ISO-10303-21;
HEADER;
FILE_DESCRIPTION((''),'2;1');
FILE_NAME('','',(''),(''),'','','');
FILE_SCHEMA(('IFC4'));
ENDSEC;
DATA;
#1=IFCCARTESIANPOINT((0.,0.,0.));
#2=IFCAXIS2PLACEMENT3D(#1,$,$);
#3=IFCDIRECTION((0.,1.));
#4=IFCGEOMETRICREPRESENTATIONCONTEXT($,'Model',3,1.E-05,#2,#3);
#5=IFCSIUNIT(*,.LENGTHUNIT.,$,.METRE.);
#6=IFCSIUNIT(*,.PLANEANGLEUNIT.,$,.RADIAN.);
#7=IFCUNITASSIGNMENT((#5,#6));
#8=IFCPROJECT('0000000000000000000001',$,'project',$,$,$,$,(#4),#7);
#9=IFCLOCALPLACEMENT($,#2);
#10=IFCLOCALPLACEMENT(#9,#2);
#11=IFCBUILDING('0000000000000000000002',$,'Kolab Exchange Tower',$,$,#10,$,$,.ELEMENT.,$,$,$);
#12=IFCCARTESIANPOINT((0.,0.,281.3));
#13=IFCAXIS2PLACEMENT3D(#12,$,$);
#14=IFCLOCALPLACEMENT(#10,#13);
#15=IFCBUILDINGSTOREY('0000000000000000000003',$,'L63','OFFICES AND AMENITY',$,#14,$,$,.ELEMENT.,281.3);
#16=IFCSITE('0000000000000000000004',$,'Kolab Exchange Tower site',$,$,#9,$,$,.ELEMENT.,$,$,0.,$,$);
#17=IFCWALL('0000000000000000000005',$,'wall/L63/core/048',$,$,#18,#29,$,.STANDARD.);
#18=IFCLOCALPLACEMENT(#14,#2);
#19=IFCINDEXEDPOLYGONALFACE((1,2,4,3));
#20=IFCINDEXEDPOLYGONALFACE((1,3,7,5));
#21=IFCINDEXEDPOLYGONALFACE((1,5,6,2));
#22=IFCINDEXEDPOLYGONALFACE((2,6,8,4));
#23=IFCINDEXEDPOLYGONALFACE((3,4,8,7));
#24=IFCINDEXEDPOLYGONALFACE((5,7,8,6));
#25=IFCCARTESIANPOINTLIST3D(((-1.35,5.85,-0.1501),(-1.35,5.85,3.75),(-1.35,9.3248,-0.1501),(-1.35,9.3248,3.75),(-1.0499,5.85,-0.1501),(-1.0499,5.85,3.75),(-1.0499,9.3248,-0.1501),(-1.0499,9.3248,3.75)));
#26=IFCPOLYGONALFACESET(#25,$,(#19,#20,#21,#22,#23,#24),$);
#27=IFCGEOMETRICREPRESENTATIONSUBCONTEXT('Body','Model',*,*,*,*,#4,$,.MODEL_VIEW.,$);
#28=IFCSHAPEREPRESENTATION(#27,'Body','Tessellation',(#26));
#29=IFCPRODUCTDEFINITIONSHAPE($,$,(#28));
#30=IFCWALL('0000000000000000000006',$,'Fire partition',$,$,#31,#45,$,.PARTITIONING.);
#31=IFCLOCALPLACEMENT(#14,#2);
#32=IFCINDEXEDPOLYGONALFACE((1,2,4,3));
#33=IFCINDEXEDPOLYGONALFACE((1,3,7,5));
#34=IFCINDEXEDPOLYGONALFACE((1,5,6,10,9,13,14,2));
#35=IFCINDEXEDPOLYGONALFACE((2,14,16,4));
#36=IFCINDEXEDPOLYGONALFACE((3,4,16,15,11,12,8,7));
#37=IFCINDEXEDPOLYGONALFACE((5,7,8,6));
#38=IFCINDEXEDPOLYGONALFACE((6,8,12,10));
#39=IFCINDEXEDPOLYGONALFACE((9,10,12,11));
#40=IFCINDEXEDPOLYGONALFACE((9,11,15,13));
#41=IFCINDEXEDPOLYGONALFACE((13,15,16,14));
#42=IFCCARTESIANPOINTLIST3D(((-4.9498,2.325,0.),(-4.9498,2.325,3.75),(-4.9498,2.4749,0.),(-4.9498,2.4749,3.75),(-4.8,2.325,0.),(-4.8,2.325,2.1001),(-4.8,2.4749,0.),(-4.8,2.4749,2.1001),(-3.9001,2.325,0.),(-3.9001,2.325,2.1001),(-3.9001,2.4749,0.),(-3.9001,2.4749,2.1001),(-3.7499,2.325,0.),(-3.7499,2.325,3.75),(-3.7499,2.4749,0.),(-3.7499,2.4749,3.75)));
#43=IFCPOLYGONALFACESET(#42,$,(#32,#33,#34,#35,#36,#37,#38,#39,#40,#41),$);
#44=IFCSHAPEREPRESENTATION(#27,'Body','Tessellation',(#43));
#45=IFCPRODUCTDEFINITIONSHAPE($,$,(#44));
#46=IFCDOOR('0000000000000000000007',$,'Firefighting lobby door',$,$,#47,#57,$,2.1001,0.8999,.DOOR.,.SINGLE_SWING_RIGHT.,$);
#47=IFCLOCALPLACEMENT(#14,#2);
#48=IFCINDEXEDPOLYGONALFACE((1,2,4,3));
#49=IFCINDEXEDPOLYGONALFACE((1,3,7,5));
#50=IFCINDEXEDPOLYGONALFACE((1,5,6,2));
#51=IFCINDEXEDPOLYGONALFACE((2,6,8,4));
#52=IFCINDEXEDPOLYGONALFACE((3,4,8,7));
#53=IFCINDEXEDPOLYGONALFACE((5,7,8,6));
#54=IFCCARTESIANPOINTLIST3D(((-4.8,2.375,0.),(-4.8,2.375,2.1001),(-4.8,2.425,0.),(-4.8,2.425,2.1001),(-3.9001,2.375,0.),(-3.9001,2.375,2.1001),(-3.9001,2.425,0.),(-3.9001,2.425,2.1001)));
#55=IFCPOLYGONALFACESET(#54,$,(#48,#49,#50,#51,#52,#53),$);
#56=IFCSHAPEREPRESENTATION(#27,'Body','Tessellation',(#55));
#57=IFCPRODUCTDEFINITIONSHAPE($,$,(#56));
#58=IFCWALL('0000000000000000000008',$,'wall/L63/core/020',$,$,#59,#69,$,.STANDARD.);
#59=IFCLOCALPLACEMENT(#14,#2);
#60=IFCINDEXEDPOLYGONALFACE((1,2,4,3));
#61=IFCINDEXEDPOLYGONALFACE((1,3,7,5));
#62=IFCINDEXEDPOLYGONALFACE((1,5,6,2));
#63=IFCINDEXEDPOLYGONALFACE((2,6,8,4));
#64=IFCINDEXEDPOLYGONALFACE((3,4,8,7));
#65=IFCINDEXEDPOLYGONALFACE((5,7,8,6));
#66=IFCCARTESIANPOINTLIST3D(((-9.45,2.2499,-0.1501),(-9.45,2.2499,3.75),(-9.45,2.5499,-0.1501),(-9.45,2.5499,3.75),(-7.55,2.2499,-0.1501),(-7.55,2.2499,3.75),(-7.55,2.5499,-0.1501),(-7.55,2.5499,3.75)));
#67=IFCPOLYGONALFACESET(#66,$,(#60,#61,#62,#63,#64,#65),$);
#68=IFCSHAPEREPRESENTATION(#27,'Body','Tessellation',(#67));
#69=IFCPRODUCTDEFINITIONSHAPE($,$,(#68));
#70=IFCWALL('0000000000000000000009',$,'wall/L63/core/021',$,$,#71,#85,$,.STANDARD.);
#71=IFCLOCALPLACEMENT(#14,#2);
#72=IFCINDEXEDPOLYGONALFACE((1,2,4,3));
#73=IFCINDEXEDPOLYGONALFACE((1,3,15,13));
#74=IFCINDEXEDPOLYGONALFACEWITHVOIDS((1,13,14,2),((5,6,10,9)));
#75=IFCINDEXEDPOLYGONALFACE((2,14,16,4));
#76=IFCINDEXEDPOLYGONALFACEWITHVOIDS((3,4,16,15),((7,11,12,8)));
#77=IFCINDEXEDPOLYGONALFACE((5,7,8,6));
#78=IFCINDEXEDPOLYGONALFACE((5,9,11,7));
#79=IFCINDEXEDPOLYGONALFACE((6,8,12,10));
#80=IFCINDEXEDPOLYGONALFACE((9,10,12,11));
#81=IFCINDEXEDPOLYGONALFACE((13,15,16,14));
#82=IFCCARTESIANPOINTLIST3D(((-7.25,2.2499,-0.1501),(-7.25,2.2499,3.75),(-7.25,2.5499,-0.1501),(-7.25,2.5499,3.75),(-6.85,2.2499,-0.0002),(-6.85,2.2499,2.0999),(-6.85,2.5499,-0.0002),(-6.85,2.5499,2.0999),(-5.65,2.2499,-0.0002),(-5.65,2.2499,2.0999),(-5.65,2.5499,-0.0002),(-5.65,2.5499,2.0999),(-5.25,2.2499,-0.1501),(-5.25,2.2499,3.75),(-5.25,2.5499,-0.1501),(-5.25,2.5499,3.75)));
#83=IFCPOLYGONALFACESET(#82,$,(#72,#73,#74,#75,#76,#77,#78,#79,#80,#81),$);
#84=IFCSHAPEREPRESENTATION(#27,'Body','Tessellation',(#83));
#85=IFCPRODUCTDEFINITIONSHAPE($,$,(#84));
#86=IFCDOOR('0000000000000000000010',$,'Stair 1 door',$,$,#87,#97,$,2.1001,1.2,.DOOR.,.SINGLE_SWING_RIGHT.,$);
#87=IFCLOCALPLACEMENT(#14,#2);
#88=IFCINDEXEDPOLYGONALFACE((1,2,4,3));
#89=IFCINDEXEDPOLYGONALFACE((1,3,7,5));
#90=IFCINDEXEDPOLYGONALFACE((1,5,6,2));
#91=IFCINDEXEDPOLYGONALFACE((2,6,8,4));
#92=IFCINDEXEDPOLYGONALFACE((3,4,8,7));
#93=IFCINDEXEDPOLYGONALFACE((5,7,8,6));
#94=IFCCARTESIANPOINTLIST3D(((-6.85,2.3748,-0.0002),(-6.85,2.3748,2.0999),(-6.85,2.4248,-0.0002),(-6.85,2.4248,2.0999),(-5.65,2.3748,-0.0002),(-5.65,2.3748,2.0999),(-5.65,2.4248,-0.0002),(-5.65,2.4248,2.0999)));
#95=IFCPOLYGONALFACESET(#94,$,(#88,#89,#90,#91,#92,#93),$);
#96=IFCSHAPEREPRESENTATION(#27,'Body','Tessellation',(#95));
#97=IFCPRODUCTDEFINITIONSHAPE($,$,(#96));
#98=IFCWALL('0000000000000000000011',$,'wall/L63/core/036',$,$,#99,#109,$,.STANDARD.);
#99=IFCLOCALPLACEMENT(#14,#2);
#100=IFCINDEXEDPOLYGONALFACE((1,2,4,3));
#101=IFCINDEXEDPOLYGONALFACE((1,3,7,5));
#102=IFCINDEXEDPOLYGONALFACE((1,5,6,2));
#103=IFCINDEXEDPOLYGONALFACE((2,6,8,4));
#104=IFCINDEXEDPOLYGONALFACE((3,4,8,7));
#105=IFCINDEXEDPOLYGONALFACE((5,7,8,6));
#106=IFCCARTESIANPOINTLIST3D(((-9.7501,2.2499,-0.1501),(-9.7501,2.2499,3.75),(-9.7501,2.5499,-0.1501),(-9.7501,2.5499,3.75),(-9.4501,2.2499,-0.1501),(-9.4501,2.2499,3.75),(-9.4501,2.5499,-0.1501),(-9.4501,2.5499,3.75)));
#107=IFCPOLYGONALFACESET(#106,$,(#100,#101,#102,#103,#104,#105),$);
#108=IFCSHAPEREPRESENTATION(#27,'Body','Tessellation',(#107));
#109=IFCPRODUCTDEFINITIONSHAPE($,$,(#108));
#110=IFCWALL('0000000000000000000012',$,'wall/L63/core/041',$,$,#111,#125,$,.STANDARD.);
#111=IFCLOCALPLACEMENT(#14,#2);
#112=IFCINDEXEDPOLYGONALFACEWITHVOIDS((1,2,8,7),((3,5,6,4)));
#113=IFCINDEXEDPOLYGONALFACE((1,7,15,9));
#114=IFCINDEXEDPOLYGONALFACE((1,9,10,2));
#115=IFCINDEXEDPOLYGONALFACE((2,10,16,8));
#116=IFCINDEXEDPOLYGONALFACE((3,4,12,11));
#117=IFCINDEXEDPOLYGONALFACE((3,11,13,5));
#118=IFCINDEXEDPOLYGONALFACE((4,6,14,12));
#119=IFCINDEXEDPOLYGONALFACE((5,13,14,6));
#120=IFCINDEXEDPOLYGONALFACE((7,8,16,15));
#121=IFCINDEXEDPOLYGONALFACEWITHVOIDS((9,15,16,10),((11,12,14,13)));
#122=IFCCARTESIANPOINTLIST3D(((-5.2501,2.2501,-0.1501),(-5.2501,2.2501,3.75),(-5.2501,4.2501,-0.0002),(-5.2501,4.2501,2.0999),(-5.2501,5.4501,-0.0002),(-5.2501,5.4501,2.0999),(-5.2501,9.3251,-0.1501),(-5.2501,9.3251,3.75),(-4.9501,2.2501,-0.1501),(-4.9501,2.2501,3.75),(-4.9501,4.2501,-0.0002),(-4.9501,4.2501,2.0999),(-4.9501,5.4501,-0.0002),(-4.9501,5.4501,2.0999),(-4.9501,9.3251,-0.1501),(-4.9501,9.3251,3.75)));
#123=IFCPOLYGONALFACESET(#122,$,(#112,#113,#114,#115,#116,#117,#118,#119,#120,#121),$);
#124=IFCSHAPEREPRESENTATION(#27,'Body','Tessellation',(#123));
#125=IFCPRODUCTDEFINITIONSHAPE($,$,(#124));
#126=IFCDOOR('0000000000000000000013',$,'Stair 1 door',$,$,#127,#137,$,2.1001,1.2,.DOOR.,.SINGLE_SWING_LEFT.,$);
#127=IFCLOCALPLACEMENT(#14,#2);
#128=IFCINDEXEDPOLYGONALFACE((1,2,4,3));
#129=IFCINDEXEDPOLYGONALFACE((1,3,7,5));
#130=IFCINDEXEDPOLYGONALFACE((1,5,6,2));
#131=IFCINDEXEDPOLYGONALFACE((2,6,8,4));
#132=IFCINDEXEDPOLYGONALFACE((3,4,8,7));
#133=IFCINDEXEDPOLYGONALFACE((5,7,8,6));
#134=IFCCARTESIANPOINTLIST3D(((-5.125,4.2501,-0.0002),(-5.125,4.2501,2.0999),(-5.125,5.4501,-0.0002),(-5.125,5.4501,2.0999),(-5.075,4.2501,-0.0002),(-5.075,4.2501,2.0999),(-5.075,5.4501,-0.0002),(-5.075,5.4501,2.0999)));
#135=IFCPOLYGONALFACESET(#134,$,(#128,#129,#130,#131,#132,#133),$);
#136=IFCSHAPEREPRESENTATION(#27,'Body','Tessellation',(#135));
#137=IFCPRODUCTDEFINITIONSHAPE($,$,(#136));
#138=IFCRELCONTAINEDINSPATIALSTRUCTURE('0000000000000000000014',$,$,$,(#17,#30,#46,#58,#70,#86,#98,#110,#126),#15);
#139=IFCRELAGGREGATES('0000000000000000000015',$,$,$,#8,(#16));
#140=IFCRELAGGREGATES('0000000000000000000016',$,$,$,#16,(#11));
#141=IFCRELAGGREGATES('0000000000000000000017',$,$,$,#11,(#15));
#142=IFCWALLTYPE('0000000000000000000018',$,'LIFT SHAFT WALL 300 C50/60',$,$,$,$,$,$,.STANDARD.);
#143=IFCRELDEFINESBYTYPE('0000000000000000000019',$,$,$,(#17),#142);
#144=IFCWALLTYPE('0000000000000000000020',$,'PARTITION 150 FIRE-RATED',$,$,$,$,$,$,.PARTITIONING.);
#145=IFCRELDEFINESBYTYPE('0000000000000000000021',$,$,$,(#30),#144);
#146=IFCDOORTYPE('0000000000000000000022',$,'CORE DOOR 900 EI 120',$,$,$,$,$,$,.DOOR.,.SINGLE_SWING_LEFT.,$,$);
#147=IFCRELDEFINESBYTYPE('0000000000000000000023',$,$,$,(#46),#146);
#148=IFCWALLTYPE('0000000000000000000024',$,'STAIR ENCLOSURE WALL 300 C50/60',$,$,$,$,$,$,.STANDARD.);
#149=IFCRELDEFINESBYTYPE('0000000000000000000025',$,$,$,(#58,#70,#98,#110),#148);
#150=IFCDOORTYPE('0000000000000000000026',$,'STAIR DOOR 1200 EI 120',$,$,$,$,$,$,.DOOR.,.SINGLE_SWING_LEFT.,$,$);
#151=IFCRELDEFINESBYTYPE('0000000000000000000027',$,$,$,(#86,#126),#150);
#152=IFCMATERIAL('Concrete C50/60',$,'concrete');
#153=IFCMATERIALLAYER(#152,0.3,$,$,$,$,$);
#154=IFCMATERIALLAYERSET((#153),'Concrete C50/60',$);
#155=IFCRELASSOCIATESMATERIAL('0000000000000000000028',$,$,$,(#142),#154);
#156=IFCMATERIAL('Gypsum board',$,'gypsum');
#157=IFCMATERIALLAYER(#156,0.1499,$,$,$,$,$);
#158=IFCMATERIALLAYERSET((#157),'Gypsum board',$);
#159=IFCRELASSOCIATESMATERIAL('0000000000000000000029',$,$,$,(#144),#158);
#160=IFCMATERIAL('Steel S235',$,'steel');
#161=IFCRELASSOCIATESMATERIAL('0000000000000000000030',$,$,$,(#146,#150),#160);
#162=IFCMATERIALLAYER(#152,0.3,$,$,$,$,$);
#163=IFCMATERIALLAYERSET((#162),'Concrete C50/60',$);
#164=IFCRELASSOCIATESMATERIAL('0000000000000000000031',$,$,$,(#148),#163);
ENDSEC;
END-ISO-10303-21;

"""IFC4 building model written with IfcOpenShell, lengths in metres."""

from ifc_helpers import new_model, si_unit, direction, frame, frame_2d, origin, place, context, subcontext, project, spatial, rectangle, extrude, material, layer, layer_set, type_object, element, fill, save


model = new_model("IFC4")

# Units and contexts
model_context = context("Model", 3, precision=1e-05, world=origin(), true_north=direction((0.0, 1.0)))
body_context = subcontext(model_context, "Body", "Model", "MODEL_VIEW")
ifc_project = project(units=[si_unit("LENGTHUNIT", "METRE"), si_unit("PLANEANGLEUNIT", "RADIAN")], contexts=[model_context])

# Site, building, storey
site_placement = place(None, origin())
site = spatial("IfcSite", under=ifc_project, at=site_placement, Name="Kolab Exchange Tower site", CompositionType="ELEMENT", RefElevation=0.0)
building_placement = place(site_placement, origin())
building = spatial("IfcBuilding", under=site, at=building_placement, Name="Kolab Exchange Tower", CompositionType="ELEMENT")
storey_placement = place(building_placement, frame((0.0, 0.0, 281.3)))
storey = spatial("IfcBuildingStorey", under=building, at=storey_placement, Name="L63", Description="OFFICES AND AMENITY", CompositionType="ELEMENT", Elevation=281.3)

# Shared definitions
ifc_material_1 = material(Name="Concrete C50/60", Category="concrete")
ifc_layer_1 = layer(ifc_material_1, 0.3)
ifc_layer_set_1 = layer_set([ifc_layer_1], Name="Concrete C50/60")
wall_type_1 = type_object("IfcWallType", Name="LIFT SHAFT WALL 300 C50/60", PredefinedType="STANDARD", material=ifc_layer_set_1)

# Wall
for number, where, z_axis, x_axis, name in (
    (1, (-1.2, 5.8501, -0.1501), (0.0, 0.0, 1.0), (0.0, 1.0, 0.0), "wall/L63/core/048"),
):
    element("IfcWall", number, at=place(storey_placement, frame(where, z_axis=z_axis, x_axis=x_axis)), inside=storey, type_object=wall_type_1, Name=name, PredefinedType="STANDARD", context=body_context, shape_type="SweptSolid", body=[
        extrude(rectangle(XDim=3.4749, YDim=0.3, at=frame_2d((1.7373, 0.0))), origin(), (0.0, 0.0, 1.0), 3.9001),
    ])

# Wall, opening, door
ifc_material_2 = material(Name="Gypsum board", Category="gypsum")
ifc_layer_2 = layer(ifc_material_2, 0.1499)
ifc_layer_set_2 = layer_set([ifc_layer_2], Name="Gypsum board")
wall_type_2 = type_object("IfcWallType", Name="PARTITION 150 FIRE-RATED", PredefinedType="PARTITIONING", material=ifc_layer_set_2)
wall_1_placement = place(storey_placement, frame((-4.95, 2.3999, 0.0), z_axis=(0.0, 0.0, 1.0), x_axis=(1.0, 0.0, 0.0)))
wall_1 = element("IfcWall", 2, at=wall_1_placement, inside=storey, type_object=wall_type_2, Name="Fire partition", PredefinedType="PARTITIONING", context=body_context, shape_type="SweptSolid", body=[
    extrude(rectangle(XDim=1.2, YDim=0.1499, at=frame_2d((0.6001, 0.0))), origin(), (0.0, 0.0, 1.0), 3.75),
])
opening_1_placement = place(wall_1_placement, frame((0.1499, 0.0, 0.0)))
opening_1 = element("IfcOpeningElement", 3, at=opening_1_placement, cuts=wall_1, PredefinedType="OPENING", context=body_context, shape_type="SweptSolid", body=[
    extrude(rectangle(XDim=0.8999, YDim=2.1001, at=frame_2d((0.45, 1.05))), frame((0.0, 0.085, 0.0), z_axis=(0.0, -1.0, 0.0), x_axis=(1.0, 0.0, 0.0)), (0.0, 0.0, 1.0), 0.1699),
])
ifc_material_3 = material(Name="Steel S235", Category="steel")
door_type_1 = type_object("IfcDoorType", Name="CORE DOOR 900 EI 120", OperationType="SINGLE_SWING_LEFT", PredefinedType="DOOR", material=ifc_material_3)
door_1_placement = place(opening_1_placement, frame((0.8999, 0.0, 0.0), z_axis=(0.0, 0.0, 1.0), x_axis=(-1.0, 0.0, 0.0)))
door_1 = element("IfcDoor", 4, at=door_1_placement, inside=storey, type_object=door_type_1, Name="Firefighting lobby door", OperationType="SINGLE_SWING_RIGHT", OverallHeight=2.1001, OverallWidth=0.8999, PredefinedType="DOOR", context=body_context, shape_type="SweptSolid", body=[
    extrude(rectangle(XDim=0.8999, YDim=2.1001, at=frame_2d((0.45, 1.05))), frame((0.0, 0.0249, 0.0), z_axis=(0.0, -1.0, 0.0), x_axis=(1.0, 0.0, 0.0)), (0.0, 0.0, 1.0), 0.05),
])
fill(opening_1, door_1)

# Wall
ifc_layer_3 = layer(ifc_material_1, 0.3)
ifc_layer_set_3 = layer_set([ifc_layer_3], Name="Concrete C50/60")
wall_type_3 = type_object("IfcWallType", Name="STAIR ENCLOSURE WALL 300 C50/60", PredefinedType="STANDARD", material=ifc_layer_set_3)
wall_2_placement = place(storey_placement, frame((-9.45, 2.3999, -0.1501), z_axis=(0.0, 0.0, 1.0), x_axis=(1.0, 0.0, 0.0)))
element("IfcWall", 5, at=wall_2_placement, inside=storey, type_object=wall_type_3, Name="wall/L63/core/020", PredefinedType="STANDARD", context=body_context, shape_type="SweptSolid", body=[
    extrude(rectangle(XDim=1.8999, YDim=0.3, at=frame_2d((0.95, 0.0))), origin(), (0.0, 0.0, 1.0), 3.9001),
])

# Wall, opening, door
wall_3_placement = place(storey_placement, frame((-7.25, 2.3999, -0.1501), z_axis=(0.0, 0.0, 1.0), x_axis=(1.0, 0.0, 0.0)))
wall_3 = element("IfcWall", 6, at=wall_3_placement, inside=storey, type_object=wall_type_3, Name="wall/L63/core/021", PredefinedType="STANDARD", context=body_context, shape_type="SweptSolid", body=[
    extrude(rectangle(XDim=2.0, YDim=0.3, at=frame_2d((1.0, 0.0))), origin(), (0.0, 0.0, 1.0), 3.9001),
])
opening_2_placement = place(wall_3_placement, frame((0.3999, 0.0, 0.1499)))
opening_2 = element("IfcOpeningElement", 7, at=opening_2_placement, cuts=wall_3, PredefinedType="OPENING", context=body_context, shape_type="SweptSolid", body=[
    extrude(rectangle(XDim=1.2, YDim=2.1001, at=frame_2d((0.6001, 1.05))), frame((0.0, 0.1602, 0.0), z_axis=(0.0, -1.0, 0.0), x_axis=(1.0, 0.0, 0.0)), (0.0, 0.0, 1.0), 0.3201),
])
door_type_2 = type_object("IfcDoorType", Name="STAIR DOOR 1200 EI 120", OperationType="SINGLE_SWING_LEFT", PredefinedType="DOOR", material=ifc_material_3)
door_2_placement = place(opening_2_placement, origin())
door_2 = element("IfcDoor", 8, at=door_2_placement, inside=storey, type_object=door_type_2, Name="Stair 1 door", OperationType="SINGLE_SWING_RIGHT", OverallHeight=2.1001, OverallWidth=1.2, PredefinedType="DOOR", context=body_context, shape_type="SweptSolid", body=[
    extrude(rectangle(XDim=1.2, YDim=2.1001, at=frame_2d((0.6001, 1.05))), frame((0.0, 0.0249, 0.0), z_axis=(0.0, -1.0, 0.0), x_axis=(1.0, 0.0, 0.0)), (0.0, 0.0, 1.0), 0.05),
])
fill(opening_2, door_2)

# Wall
wall_4_placement = place(storey_placement, frame((-9.6001, 2.25, -0.1501), z_axis=(0.0, 0.0, 1.0), x_axis=(0.0, 1.0, 0.0)))
element("IfcWall", 9, at=wall_4_placement, inside=storey, type_object=wall_type_3, Name="wall/L63/core/036", PredefinedType="STANDARD", context=body_context, shape_type="SweptSolid", body=[
    extrude(rectangle(XDim=0.3, YDim=0.3, at=frame_2d((0.1499, 0.0))), origin(), (0.0, 0.0, 1.0), 3.9001),
])

# Wall, opening, door
wall_5_placement = place(storey_placement, frame((-5.1001, 2.25, -0.1501), z_axis=(0.0, 0.0, 1.0), x_axis=(0.0, 1.0, 0.0)))
wall_5 = element("IfcWall", 10, at=wall_5_placement, inside=storey, type_object=wall_type_3, Name="wall/L63/core/041", PredefinedType="STANDARD", context=body_context, shape_type="SweptSolid", body=[
    extrude(rectangle(XDim=7.075, YDim=0.3, at=frame_2d((3.5376, 0.0))), origin(), (0.0, 0.0, 1.0), 3.9001),
])
opening_3_placement = place(wall_5_placement, frame((2.0, 0.0, 0.1499)))
opening_3 = element("IfcOpeningElement", 11, at=opening_3_placement, cuts=wall_5, PredefinedType="OPENING", context=body_context, shape_type="SweptSolid", body=[
    extrude(rectangle(XDim=1.2, YDim=2.1001, at=frame_2d((0.6001, 1.05))), frame((0.0, 0.1602, 0.0), z_axis=(0.0, -1.0, 0.0), x_axis=(1.0, 0.0, 0.0)), (0.0, 0.0, 1.0), 0.3201),
])
door_3_placement = place(opening_3_placement, origin())
door_3 = element("IfcDoor", 12, at=door_3_placement, inside=storey, type_object=door_type_2, Name="Stair 1 door", OperationType="SINGLE_SWING_LEFT", OverallHeight=2.1001, OverallWidth=1.2, PredefinedType="DOOR", context=body_context, shape_type="SweptSolid", body=[
    extrude(rectangle(XDim=1.2, YDim=2.1001, at=frame_2d((0.6001, 1.05))), frame((0.0, 0.0249, 0.0), z_axis=(0.0, -1.0, 0.0), x_axis=(1.0, 0.0, 0.0)), (0.0, 0.0, 1.0), 0.05),
])
fill(opening_3, door_3)

save(model, "model.ifc")
